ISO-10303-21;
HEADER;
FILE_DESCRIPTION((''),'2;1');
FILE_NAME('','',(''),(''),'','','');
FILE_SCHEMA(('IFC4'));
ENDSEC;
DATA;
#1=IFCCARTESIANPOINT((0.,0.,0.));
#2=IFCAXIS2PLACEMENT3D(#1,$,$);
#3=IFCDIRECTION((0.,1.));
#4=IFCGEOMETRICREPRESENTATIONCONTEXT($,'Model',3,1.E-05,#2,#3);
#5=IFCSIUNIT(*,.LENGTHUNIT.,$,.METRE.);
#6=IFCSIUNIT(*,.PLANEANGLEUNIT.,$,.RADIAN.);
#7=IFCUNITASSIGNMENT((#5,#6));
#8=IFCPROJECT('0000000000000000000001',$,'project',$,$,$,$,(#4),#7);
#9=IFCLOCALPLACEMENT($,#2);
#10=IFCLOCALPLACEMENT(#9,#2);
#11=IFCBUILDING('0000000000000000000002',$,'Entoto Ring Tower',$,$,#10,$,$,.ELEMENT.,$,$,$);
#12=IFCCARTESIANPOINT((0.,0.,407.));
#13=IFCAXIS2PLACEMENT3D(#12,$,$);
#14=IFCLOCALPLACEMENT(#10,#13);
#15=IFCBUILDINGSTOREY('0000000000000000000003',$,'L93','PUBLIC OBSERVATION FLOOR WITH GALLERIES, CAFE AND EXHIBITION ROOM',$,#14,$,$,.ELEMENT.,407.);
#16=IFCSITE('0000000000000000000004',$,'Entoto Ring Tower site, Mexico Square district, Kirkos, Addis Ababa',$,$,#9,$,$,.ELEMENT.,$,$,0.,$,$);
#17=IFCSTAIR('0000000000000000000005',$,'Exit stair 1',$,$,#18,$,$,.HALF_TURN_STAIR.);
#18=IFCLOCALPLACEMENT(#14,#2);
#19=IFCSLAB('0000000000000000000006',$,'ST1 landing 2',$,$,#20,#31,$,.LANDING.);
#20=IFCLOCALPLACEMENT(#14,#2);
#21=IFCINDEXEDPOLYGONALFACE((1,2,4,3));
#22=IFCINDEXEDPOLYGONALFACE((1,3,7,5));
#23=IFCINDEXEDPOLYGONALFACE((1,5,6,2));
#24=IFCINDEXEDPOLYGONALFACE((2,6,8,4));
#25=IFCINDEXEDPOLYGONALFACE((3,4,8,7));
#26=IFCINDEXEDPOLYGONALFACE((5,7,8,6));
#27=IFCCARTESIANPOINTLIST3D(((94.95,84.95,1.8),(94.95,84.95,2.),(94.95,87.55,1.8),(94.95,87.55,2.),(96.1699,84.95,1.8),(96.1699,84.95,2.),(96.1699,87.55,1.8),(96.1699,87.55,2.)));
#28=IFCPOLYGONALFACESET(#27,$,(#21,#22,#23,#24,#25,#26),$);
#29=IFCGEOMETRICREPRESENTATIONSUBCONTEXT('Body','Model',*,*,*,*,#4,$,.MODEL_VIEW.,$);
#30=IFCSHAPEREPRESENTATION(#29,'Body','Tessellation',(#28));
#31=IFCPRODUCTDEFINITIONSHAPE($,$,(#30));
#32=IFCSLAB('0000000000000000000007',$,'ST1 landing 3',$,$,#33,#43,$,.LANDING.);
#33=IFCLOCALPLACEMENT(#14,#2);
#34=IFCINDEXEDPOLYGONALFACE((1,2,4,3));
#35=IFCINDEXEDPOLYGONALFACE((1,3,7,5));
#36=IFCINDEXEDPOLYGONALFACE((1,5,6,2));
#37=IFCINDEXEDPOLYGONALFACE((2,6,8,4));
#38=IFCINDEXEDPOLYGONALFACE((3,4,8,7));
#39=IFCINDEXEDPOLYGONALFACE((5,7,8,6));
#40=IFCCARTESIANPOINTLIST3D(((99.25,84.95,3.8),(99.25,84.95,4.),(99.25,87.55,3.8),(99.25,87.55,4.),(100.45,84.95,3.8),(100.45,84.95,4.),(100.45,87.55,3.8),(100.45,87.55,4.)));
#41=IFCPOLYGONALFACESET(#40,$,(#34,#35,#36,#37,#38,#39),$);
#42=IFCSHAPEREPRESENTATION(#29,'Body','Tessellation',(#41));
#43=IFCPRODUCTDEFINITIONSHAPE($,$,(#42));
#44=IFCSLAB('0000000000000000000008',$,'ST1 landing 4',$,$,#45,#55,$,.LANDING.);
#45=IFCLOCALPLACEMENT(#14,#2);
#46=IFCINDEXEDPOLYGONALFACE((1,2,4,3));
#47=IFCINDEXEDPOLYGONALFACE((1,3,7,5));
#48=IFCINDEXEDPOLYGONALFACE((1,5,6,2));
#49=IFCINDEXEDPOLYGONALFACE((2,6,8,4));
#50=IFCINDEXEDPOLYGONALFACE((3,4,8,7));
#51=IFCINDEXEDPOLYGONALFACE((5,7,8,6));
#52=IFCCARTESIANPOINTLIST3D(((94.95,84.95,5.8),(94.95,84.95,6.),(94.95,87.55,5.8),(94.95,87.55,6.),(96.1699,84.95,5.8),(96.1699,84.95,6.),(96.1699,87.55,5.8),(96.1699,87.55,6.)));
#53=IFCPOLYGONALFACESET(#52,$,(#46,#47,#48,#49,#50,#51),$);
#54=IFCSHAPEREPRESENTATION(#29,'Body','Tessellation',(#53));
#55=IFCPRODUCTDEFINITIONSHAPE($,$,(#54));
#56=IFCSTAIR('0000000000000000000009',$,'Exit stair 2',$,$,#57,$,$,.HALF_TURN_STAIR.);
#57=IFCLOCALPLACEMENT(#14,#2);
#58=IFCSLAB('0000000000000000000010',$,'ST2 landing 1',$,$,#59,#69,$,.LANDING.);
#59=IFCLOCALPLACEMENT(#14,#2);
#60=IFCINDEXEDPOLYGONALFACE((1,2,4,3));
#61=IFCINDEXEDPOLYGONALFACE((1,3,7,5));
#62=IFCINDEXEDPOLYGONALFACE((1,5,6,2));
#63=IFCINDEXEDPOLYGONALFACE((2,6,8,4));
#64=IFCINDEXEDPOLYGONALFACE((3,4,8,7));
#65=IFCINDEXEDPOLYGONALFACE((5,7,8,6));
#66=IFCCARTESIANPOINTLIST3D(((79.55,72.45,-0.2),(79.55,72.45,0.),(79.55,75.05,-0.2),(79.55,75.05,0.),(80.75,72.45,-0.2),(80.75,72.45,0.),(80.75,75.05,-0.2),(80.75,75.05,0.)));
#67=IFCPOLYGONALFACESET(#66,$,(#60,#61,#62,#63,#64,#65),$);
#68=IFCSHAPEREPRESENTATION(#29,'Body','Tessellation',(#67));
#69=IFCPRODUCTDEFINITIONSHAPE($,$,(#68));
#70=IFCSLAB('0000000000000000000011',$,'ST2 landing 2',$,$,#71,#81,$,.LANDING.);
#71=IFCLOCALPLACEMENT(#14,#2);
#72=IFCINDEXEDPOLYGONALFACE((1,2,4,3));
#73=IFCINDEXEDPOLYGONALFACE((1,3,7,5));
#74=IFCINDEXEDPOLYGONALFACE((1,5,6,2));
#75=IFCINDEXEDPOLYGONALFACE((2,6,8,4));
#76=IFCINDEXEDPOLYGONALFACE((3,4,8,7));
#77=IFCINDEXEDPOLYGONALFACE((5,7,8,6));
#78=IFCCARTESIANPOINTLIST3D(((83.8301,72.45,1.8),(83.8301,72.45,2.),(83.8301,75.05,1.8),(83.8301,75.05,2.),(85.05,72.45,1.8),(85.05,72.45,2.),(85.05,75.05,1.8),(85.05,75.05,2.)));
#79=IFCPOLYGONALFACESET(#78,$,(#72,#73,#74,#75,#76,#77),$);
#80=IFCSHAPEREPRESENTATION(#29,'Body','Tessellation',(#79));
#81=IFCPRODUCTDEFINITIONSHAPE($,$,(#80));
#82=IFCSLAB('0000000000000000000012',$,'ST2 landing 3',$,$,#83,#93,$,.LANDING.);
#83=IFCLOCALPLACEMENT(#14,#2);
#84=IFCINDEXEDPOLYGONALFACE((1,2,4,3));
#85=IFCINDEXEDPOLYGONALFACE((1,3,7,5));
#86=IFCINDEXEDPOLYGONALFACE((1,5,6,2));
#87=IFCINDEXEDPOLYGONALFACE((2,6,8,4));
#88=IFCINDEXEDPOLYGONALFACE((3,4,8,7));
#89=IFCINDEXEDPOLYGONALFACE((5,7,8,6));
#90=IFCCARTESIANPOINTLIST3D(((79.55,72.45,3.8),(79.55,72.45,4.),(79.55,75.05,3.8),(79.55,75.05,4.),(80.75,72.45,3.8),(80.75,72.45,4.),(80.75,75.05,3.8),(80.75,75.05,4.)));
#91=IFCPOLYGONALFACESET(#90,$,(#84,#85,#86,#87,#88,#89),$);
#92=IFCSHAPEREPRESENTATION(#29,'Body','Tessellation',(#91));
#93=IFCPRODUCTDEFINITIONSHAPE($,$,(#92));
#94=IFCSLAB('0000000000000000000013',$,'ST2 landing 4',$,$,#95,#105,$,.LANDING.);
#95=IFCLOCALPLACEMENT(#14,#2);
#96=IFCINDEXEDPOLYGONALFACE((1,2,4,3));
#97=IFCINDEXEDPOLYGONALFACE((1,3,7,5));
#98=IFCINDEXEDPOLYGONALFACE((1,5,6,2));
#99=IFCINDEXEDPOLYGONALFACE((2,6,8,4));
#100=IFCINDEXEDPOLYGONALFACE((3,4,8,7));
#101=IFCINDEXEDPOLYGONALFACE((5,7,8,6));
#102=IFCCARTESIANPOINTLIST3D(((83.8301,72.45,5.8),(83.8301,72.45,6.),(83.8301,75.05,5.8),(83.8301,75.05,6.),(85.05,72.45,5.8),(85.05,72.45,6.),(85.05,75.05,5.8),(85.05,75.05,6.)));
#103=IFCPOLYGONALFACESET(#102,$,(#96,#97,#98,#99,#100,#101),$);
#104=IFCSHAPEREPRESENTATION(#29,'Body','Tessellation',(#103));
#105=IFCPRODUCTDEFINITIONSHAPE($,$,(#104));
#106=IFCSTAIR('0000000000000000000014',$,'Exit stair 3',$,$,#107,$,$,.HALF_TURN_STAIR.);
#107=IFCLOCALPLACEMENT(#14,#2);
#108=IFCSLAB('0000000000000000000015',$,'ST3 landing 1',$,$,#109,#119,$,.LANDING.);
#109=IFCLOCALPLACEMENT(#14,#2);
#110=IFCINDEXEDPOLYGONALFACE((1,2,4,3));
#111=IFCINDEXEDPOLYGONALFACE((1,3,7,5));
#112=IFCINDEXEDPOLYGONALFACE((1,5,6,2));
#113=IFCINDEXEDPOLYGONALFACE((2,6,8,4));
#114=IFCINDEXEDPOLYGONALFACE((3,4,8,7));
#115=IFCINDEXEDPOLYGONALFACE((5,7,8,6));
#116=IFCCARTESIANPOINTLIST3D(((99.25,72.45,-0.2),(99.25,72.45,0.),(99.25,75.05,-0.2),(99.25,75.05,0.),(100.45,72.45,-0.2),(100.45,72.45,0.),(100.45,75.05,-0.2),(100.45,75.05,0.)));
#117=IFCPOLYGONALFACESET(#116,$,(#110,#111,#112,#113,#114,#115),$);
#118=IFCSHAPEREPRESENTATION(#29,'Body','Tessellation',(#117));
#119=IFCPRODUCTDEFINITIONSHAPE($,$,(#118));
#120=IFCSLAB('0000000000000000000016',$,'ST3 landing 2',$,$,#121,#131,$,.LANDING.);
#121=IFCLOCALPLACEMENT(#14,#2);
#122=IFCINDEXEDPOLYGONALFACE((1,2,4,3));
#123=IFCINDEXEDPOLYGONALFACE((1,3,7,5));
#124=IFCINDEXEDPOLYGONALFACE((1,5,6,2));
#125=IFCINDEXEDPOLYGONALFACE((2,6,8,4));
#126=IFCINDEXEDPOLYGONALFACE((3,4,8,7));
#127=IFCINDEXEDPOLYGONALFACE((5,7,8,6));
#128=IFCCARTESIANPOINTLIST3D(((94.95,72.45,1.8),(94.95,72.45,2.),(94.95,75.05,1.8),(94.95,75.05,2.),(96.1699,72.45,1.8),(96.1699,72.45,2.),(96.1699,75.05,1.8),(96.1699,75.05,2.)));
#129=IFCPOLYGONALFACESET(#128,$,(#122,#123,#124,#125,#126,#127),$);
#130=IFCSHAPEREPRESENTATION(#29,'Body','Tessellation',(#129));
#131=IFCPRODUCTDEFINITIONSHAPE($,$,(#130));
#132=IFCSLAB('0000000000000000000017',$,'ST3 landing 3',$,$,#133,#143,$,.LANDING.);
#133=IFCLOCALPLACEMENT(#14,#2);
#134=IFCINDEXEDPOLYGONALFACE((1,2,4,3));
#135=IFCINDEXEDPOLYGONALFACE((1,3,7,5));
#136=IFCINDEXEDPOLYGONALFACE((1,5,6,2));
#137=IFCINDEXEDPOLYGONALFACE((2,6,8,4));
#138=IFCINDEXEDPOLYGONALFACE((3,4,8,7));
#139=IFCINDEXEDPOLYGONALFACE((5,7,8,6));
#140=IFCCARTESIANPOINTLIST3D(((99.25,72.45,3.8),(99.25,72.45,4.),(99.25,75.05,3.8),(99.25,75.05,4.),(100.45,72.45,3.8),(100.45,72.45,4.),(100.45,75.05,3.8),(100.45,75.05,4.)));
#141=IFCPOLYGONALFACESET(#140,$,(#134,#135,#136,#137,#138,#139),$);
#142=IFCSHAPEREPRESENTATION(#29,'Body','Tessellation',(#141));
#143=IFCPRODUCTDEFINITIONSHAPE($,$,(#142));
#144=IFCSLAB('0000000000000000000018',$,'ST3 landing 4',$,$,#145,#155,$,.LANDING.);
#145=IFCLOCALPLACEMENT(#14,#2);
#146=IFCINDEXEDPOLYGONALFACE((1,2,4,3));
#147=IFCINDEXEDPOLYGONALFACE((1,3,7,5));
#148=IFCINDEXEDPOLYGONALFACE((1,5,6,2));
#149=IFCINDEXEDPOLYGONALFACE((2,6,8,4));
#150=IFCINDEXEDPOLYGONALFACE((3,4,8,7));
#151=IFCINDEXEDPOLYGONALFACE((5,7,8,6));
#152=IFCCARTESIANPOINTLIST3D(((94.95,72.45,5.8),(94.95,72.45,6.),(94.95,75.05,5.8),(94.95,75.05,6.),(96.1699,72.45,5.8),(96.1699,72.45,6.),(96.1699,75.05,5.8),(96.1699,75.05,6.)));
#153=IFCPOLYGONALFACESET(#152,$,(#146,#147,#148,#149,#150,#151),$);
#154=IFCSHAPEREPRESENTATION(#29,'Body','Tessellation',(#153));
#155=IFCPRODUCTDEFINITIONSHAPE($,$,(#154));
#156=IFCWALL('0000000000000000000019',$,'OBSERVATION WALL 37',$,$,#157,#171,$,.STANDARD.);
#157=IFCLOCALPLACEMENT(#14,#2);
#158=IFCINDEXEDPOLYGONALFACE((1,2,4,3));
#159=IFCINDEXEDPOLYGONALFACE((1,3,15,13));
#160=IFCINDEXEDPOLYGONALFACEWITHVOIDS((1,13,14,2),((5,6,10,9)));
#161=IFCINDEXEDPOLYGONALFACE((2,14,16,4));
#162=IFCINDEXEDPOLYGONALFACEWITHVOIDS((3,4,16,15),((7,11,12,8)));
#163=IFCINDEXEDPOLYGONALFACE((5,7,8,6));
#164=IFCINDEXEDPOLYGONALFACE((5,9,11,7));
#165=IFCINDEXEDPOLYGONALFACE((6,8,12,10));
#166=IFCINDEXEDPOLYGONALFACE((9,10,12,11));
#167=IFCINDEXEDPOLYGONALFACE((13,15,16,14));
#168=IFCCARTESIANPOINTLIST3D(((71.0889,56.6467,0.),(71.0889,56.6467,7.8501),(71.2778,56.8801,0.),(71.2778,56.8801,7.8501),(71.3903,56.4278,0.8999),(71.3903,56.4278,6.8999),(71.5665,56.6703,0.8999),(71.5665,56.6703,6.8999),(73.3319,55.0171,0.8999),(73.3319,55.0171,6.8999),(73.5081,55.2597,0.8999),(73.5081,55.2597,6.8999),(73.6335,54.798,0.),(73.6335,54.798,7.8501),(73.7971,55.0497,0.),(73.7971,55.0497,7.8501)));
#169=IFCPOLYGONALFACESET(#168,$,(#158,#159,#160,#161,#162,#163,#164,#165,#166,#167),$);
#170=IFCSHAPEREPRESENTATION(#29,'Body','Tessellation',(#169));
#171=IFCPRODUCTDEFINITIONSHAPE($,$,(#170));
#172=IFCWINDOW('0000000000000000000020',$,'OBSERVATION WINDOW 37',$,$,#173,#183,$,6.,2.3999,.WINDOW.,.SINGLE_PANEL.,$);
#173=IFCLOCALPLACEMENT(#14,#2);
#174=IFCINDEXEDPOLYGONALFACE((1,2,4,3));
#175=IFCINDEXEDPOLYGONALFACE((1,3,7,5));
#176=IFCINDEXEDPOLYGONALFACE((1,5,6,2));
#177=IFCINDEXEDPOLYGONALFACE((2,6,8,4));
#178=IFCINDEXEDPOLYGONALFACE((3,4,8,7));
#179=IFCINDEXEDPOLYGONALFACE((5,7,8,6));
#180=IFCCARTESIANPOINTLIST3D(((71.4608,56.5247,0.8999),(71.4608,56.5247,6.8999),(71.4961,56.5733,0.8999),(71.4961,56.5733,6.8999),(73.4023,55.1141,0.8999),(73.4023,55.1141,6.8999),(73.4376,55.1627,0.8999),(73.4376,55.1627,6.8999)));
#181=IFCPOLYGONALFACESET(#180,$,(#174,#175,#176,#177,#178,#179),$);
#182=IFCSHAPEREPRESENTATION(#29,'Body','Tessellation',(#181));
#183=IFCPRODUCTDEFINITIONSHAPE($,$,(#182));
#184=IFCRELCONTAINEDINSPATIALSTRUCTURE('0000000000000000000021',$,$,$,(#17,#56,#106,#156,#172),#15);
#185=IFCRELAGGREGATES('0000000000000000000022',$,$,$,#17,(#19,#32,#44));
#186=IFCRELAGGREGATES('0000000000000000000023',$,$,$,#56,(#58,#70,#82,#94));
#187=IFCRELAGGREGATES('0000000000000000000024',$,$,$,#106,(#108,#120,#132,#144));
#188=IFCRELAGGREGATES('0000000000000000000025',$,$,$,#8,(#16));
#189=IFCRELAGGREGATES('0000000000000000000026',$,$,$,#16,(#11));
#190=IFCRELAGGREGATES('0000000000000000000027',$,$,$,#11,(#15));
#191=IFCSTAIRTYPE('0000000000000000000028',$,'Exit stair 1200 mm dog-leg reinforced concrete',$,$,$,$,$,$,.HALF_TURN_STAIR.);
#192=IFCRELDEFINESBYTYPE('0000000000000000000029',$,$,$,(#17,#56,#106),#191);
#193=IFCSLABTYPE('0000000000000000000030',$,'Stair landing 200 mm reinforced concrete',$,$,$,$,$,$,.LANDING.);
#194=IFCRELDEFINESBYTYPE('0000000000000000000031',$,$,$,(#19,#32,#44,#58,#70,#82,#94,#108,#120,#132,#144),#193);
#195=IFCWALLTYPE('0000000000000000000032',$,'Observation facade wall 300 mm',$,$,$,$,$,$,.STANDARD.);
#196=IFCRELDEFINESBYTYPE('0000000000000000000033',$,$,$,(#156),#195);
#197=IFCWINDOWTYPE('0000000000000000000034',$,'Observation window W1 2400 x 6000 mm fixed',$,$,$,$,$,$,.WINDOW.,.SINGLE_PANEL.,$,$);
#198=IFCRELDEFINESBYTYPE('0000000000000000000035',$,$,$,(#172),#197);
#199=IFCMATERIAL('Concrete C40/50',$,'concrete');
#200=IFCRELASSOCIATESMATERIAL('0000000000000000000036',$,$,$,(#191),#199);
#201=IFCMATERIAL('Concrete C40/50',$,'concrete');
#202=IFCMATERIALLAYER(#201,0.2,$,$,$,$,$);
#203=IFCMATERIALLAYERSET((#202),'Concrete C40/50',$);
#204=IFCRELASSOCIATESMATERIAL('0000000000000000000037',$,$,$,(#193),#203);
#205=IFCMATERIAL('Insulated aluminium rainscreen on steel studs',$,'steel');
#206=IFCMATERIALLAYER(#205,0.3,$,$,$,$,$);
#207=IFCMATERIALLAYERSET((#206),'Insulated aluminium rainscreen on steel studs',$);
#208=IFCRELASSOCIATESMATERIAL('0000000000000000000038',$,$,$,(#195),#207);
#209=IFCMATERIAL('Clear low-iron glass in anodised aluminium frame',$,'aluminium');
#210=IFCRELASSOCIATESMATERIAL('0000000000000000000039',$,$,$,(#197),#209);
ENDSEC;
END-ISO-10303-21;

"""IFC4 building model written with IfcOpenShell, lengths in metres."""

from ifc_helpers import new_model, si_unit, direction, frame, frame_2d, origin, place, context, subcontext, project, spatial, polyline, rectangle, outline, extrude, material, layer, layer_set, type_object, element, fill, aggregate, save


model = new_model("IFC4")

# Units and contexts
model_context = context("Model", 3, precision=1e-05, world=origin(), true_north=direction((0.0, 1.0)))
body_context = subcontext(model_context, "Body", "Model", "MODEL_VIEW")
ifc_project = project(units=[si_unit("LENGTHUNIT", "METRE"), si_unit("PLANEANGLEUNIT", "RADIAN")], contexts=[model_context])

# Site, building, storey
site_placement = place(None, origin())
site = spatial("IfcSite", under=ifc_project, at=site_placement, Name="Entoto Ring Tower site, Mexico Square district, Kirkos, Addis Ababa", CompositionType="ELEMENT", RefElevation=0.0)
building_placement = place(site_placement, origin())
building = spatial("IfcBuilding", under=site, at=building_placement, Name="Entoto Ring Tower", CompositionType="ELEMENT")
storey_placement = place(building_placement, frame((0.0, 0.0, 407.0)))
storey = spatial("IfcBuildingStorey", under=building, at=storey_placement, Name="L93", Description="PUBLIC OBSERVATION FLOOR WITH GALLERIES, CAFE AND EXHIBITION ROOM", CompositionType="ELEMENT", Elevation=407.0)

# Stairs, slabs
ifc_material_1 = material(Name="Concrete C40/50", Category="concrete")
stair_type = type_object("IfcStairType", Name="Exit stair 1200 mm dog-leg reinforced concrete", PredefinedType="HALF_TURN_STAIR", material=ifc_material_1)
stair_1_placement = place(storey_placement, origin())
stair_1 = element("IfcStair", 1, at=stair_1_placement, inside=storey, type_object=stair_type, Name="Exit stair 1", PredefinedType="HALF_TURN_STAIR")
ifc_material_2 = material(Name="Concrete C40/50", Category="concrete")
ifc_layer_1 = layer(ifc_material_2, 0.2)
ifc_layer_set_1 = layer_set([ifc_layer_1], Name="Concrete C40/50")
slab_type_1 = type_object("IfcSlabType", Name="Stair landing 200 mm reinforced concrete", PredefinedType="LANDING", material=ifc_layer_set_1)
slab_1_placement = place(storey_placement, frame((0.0, 0.0, 1.8)))
slab_1 = element("IfcSlab", 2, at=slab_1_placement, type_object=slab_type_1, Name="ST1 landing 2", PredefinedType="LANDING", context=body_context, shape_type="SweptSolid", body=[
    extrude(outline(polyline([(94.95, 84.95), (96.1699, 84.95), (96.1699, 87.55), (94.95, 87.55), (94.95, 84.95)])), origin(), (0.0, 0.0, 1.0), 0.2),
])
slab_2_placement = place(storey_placement, frame((0.0, 0.0, 3.8)))
slab_2 = element("IfcSlab", 3, at=slab_2_placement, type_object=slab_type_1, Name="ST1 landing 3", PredefinedType="LANDING", context=body_context, shape_type="SweptSolid", body=[
    extrude(outline(polyline([(99.25, 84.95), (100.45, 84.95), (100.45, 87.55), (99.25, 87.55), (99.25, 84.95)])), origin(), (0.0, 0.0, 1.0), 0.2),
])
slab_3_placement = place(storey_placement, frame((0.0, 0.0, 5.8)))
slab_3 = element("IfcSlab", 4, at=slab_3_placement, type_object=slab_type_1, Name="ST1 landing 4", PredefinedType="LANDING", context=body_context, shape_type="SweptSolid", body=[
    extrude(outline(polyline([(94.95, 84.95), (96.1699, 84.95), (96.1699, 87.55), (94.95, 87.55), (94.95, 84.95)])), origin(), (0.0, 0.0, 1.0), 0.2),
])
aggregate(stair_1, [slab_1, slab_2, slab_3])
stair_2_placement = place(storey_placement, origin())
stair_2 = element("IfcStair", 5, at=stair_2_placement, inside=storey, type_object=stair_type, Name="Exit stair 2", PredefinedType="HALF_TURN_STAIR")
slab_4_placement = place(storey_placement, frame((0.0, 0.0, -0.2)))
slab_4 = element("IfcSlab", 6, at=slab_4_placement, type_object=slab_type_1, Name="ST2 landing 1", PredefinedType="LANDING", context=body_context, shape_type="SweptSolid", body=[
    extrude(outline(polyline([(80.75, 72.45), (80.75, 75.05), (79.55, 75.05), (79.55, 72.45), (80.75, 72.45)])), origin(), (0.0, 0.0, 1.0), 0.2),
])
slab_5_placement = place(storey_placement, frame((0.0, 0.0, 1.8)))
slab_5 = element("IfcSlab", 7, at=slab_5_placement, type_object=slab_type_1, Name="ST2 landing 2", PredefinedType="LANDING", context=body_context, shape_type="SweptSolid", body=[
    extrude(outline(polyline([(83.8301, 72.45), (85.05, 72.45), (85.05, 75.05), (83.8301, 75.05), (83.8301, 72.45)])), origin(), (0.0, 0.0, 1.0), 0.2),
])
slab_6_placement = place(storey_placement, frame((0.0, 0.0, 3.8)))
slab_6 = element("IfcSlab", 8, at=slab_6_placement, type_object=slab_type_1, Name="ST2 landing 3", PredefinedType="LANDING", context=body_context, shape_type="SweptSolid", body=[
    extrude(outline(polyline([(79.55, 72.45), (80.75, 72.45), (80.75, 75.05), (79.55, 75.05), (79.55, 72.45)])), origin(), (0.0, 0.0, 1.0), 0.2),
])
slab_7_placement = place(storey_placement, frame((0.0, 0.0, 5.8)))
slab_7 = element("IfcSlab", 9, at=slab_7_placement, type_object=slab_type_1, Name="ST2 landing 4", PredefinedType="LANDING", context=body_context, shape_type="SweptSolid", body=[
    extrude(outline(polyline([(83.8301, 72.45), (85.05, 72.45), (85.05, 75.05), (83.8301, 75.05), (83.8301, 72.45)])), origin(), (0.0, 0.0, 1.0), 0.2),
])
aggregate(stair_2, [slab_4, slab_5, slab_6, slab_7])
stair_3_placement = place(storey_placement, origin())
stair_3 = element("IfcStair", 10, at=stair_3_placement, inside=storey, type_object=stair_type, Name="Exit stair 3", PredefinedType="HALF_TURN_STAIR")
slab_8_placement = place(storey_placement, frame((0.0, 0.0, -0.2)))
slab_8 = element("IfcSlab", 11, at=slab_8_placement, type_object=slab_type_1, Name="ST3 landing 1", PredefinedType="LANDING", context=body_context, shape_type="SweptSolid", body=[
    extrude(outline(polyline([(100.45, 72.45), (100.45, 75.05), (99.25, 75.05), (99.25, 72.45), (100.45, 72.45)])), origin(), (0.0, 0.0, 1.0), 0.2),
])
slab_9_placement = place(storey_placement, frame((0.0, 0.0, 1.8)))
slab_9 = element("IfcSlab", 12, at=slab_9_placement, type_object=slab_type_1, Name="ST3 landing 2", PredefinedType="LANDING", context=body_context, shape_type="SweptSolid", body=[
    extrude(outline(polyline([(94.95, 72.45), (96.1699, 72.45), (96.1699, 75.05), (94.95, 75.05), (94.95, 72.45)])), origin(), (0.0, 0.0, 1.0), 0.2),
])
slab_10_placement = place(storey_placement, frame((0.0, 0.0, 3.8)))
slab_10 = element("IfcSlab", 13, at=slab_10_placement, type_object=slab_type_1, Name="ST3 landing 3", PredefinedType="LANDING", context=body_context, shape_type="SweptSolid", body=[
    extrude(outline(polyline([(99.25, 72.45), (100.45, 72.45), (100.45, 75.05), (99.25, 75.05), (99.25, 72.45)])), origin(), (0.0, 0.0, 1.0), 0.2),
])
slab_11_placement = place(storey_placement, frame((0.0, 0.0, 5.8)))
slab_11 = element("IfcSlab", 14, at=slab_11_placement, type_object=slab_type_1, Name="ST3 landing 4", PredefinedType="LANDING", context=body_context, shape_type="SweptSolid", body=[
    extrude(outline(polyline([(94.95, 72.45), (96.1699, 72.45), (96.1699, 75.05), (94.95, 75.05), (94.95, 72.45)])), origin(), (0.0, 0.0, 1.0), 0.2),
])
aggregate(stair_3, [slab_8, slab_9, slab_10, slab_11])

# Wall, opening, window
ifc_material_3 = material(Name="Insulated aluminium rainscreen on steel studs", Category="steel")
ifc_layer_2 = layer(ifc_material_3, 0.3)
ifc_layer_set_2 = layer_set([ifc_layer_2], Name="Insulated aluminium rainscreen on steel studs")
wall_type = type_object("IfcWallType", Name="Observation facade wall 300 mm", PredefinedType="STANDARD", material=ifc_layer_set_2)
wall_1_placement = place(storey_placement, frame((71.1833, 56.7634, 0.0), z_axis=(0.0, 0.0, 1.0), x_axis=(0.809016, -0.587787, 0.0)))
wall_1 = element("IfcWall", 15, at=wall_1_placement, inside=storey, type_object=wall_type, Name="OBSERVATION WALL 37", PredefinedType="STANDARD", context=body_context, shape_type="SweptSolid", body=[
    extrude(outline(polyline([(-0.0078, -0.1499), (3.1375, -0.1499), (3.1218, 0.1499), (0.0078, 0.1499), (-0.0078, -0.1499)])), origin(), (0.0, 0.0, 1.0), 7.8501),
])
opening_1_placement = place(wall_1_placement, frame((0.3647, 0.0, 0.8999)))
opening_1 = element("IfcOpeningElement", 16, at=opening_1_placement, cuts=wall_1, PredefinedType="OPENING", context=body_context, shape_type="SweptSolid", body=[
    extrude(rectangle(XDim=2.3999, YDim=6.0, at=frame_2d((1.2, 3.0))), frame((0.0, 0.1602, 0.0), z_axis=(0.0, -1.0, 0.0), x_axis=(1.0, 0.0, 0.0)), (0.0, 0.0, 1.0), 0.3201),
])
ifc_material_4 = material(Name="Clear low-iron glass in anodised aluminium frame", Category="aluminium")
window_type_1 = type_object("IfcWindowType", Name="Observation window W1 2400 x 6000 mm fixed", PartitioningType="SINGLE_PANEL", PredefinedType="WINDOW", material=ifc_material_4)
window_1_placement = place(opening_1_placement, origin())
window_1 = element("IfcWindow", 17, at=window_1_placement, inside=storey, type_object=window_type_1, Name="OBSERVATION WINDOW 37", OverallHeight=6.0, OverallWidth=2.3999, PartitioningType="SINGLE_PANEL", PredefinedType="WINDOW", context=body_context, shape_type="SweptSolid", body=[
    extrude(rectangle(XDim=2.3999, YDim=6.0, at=frame_2d((1.2, 3.0))), frame((0.0, 0.03, 0.0), z_axis=(0.0, -1.0, 0.0), x_axis=(1.0, 0.0, 0.0)), (0.0, 0.0, 1.0), 0.0601),
])
fill(opening_1, window_1)

save(model, "model.ifc")
